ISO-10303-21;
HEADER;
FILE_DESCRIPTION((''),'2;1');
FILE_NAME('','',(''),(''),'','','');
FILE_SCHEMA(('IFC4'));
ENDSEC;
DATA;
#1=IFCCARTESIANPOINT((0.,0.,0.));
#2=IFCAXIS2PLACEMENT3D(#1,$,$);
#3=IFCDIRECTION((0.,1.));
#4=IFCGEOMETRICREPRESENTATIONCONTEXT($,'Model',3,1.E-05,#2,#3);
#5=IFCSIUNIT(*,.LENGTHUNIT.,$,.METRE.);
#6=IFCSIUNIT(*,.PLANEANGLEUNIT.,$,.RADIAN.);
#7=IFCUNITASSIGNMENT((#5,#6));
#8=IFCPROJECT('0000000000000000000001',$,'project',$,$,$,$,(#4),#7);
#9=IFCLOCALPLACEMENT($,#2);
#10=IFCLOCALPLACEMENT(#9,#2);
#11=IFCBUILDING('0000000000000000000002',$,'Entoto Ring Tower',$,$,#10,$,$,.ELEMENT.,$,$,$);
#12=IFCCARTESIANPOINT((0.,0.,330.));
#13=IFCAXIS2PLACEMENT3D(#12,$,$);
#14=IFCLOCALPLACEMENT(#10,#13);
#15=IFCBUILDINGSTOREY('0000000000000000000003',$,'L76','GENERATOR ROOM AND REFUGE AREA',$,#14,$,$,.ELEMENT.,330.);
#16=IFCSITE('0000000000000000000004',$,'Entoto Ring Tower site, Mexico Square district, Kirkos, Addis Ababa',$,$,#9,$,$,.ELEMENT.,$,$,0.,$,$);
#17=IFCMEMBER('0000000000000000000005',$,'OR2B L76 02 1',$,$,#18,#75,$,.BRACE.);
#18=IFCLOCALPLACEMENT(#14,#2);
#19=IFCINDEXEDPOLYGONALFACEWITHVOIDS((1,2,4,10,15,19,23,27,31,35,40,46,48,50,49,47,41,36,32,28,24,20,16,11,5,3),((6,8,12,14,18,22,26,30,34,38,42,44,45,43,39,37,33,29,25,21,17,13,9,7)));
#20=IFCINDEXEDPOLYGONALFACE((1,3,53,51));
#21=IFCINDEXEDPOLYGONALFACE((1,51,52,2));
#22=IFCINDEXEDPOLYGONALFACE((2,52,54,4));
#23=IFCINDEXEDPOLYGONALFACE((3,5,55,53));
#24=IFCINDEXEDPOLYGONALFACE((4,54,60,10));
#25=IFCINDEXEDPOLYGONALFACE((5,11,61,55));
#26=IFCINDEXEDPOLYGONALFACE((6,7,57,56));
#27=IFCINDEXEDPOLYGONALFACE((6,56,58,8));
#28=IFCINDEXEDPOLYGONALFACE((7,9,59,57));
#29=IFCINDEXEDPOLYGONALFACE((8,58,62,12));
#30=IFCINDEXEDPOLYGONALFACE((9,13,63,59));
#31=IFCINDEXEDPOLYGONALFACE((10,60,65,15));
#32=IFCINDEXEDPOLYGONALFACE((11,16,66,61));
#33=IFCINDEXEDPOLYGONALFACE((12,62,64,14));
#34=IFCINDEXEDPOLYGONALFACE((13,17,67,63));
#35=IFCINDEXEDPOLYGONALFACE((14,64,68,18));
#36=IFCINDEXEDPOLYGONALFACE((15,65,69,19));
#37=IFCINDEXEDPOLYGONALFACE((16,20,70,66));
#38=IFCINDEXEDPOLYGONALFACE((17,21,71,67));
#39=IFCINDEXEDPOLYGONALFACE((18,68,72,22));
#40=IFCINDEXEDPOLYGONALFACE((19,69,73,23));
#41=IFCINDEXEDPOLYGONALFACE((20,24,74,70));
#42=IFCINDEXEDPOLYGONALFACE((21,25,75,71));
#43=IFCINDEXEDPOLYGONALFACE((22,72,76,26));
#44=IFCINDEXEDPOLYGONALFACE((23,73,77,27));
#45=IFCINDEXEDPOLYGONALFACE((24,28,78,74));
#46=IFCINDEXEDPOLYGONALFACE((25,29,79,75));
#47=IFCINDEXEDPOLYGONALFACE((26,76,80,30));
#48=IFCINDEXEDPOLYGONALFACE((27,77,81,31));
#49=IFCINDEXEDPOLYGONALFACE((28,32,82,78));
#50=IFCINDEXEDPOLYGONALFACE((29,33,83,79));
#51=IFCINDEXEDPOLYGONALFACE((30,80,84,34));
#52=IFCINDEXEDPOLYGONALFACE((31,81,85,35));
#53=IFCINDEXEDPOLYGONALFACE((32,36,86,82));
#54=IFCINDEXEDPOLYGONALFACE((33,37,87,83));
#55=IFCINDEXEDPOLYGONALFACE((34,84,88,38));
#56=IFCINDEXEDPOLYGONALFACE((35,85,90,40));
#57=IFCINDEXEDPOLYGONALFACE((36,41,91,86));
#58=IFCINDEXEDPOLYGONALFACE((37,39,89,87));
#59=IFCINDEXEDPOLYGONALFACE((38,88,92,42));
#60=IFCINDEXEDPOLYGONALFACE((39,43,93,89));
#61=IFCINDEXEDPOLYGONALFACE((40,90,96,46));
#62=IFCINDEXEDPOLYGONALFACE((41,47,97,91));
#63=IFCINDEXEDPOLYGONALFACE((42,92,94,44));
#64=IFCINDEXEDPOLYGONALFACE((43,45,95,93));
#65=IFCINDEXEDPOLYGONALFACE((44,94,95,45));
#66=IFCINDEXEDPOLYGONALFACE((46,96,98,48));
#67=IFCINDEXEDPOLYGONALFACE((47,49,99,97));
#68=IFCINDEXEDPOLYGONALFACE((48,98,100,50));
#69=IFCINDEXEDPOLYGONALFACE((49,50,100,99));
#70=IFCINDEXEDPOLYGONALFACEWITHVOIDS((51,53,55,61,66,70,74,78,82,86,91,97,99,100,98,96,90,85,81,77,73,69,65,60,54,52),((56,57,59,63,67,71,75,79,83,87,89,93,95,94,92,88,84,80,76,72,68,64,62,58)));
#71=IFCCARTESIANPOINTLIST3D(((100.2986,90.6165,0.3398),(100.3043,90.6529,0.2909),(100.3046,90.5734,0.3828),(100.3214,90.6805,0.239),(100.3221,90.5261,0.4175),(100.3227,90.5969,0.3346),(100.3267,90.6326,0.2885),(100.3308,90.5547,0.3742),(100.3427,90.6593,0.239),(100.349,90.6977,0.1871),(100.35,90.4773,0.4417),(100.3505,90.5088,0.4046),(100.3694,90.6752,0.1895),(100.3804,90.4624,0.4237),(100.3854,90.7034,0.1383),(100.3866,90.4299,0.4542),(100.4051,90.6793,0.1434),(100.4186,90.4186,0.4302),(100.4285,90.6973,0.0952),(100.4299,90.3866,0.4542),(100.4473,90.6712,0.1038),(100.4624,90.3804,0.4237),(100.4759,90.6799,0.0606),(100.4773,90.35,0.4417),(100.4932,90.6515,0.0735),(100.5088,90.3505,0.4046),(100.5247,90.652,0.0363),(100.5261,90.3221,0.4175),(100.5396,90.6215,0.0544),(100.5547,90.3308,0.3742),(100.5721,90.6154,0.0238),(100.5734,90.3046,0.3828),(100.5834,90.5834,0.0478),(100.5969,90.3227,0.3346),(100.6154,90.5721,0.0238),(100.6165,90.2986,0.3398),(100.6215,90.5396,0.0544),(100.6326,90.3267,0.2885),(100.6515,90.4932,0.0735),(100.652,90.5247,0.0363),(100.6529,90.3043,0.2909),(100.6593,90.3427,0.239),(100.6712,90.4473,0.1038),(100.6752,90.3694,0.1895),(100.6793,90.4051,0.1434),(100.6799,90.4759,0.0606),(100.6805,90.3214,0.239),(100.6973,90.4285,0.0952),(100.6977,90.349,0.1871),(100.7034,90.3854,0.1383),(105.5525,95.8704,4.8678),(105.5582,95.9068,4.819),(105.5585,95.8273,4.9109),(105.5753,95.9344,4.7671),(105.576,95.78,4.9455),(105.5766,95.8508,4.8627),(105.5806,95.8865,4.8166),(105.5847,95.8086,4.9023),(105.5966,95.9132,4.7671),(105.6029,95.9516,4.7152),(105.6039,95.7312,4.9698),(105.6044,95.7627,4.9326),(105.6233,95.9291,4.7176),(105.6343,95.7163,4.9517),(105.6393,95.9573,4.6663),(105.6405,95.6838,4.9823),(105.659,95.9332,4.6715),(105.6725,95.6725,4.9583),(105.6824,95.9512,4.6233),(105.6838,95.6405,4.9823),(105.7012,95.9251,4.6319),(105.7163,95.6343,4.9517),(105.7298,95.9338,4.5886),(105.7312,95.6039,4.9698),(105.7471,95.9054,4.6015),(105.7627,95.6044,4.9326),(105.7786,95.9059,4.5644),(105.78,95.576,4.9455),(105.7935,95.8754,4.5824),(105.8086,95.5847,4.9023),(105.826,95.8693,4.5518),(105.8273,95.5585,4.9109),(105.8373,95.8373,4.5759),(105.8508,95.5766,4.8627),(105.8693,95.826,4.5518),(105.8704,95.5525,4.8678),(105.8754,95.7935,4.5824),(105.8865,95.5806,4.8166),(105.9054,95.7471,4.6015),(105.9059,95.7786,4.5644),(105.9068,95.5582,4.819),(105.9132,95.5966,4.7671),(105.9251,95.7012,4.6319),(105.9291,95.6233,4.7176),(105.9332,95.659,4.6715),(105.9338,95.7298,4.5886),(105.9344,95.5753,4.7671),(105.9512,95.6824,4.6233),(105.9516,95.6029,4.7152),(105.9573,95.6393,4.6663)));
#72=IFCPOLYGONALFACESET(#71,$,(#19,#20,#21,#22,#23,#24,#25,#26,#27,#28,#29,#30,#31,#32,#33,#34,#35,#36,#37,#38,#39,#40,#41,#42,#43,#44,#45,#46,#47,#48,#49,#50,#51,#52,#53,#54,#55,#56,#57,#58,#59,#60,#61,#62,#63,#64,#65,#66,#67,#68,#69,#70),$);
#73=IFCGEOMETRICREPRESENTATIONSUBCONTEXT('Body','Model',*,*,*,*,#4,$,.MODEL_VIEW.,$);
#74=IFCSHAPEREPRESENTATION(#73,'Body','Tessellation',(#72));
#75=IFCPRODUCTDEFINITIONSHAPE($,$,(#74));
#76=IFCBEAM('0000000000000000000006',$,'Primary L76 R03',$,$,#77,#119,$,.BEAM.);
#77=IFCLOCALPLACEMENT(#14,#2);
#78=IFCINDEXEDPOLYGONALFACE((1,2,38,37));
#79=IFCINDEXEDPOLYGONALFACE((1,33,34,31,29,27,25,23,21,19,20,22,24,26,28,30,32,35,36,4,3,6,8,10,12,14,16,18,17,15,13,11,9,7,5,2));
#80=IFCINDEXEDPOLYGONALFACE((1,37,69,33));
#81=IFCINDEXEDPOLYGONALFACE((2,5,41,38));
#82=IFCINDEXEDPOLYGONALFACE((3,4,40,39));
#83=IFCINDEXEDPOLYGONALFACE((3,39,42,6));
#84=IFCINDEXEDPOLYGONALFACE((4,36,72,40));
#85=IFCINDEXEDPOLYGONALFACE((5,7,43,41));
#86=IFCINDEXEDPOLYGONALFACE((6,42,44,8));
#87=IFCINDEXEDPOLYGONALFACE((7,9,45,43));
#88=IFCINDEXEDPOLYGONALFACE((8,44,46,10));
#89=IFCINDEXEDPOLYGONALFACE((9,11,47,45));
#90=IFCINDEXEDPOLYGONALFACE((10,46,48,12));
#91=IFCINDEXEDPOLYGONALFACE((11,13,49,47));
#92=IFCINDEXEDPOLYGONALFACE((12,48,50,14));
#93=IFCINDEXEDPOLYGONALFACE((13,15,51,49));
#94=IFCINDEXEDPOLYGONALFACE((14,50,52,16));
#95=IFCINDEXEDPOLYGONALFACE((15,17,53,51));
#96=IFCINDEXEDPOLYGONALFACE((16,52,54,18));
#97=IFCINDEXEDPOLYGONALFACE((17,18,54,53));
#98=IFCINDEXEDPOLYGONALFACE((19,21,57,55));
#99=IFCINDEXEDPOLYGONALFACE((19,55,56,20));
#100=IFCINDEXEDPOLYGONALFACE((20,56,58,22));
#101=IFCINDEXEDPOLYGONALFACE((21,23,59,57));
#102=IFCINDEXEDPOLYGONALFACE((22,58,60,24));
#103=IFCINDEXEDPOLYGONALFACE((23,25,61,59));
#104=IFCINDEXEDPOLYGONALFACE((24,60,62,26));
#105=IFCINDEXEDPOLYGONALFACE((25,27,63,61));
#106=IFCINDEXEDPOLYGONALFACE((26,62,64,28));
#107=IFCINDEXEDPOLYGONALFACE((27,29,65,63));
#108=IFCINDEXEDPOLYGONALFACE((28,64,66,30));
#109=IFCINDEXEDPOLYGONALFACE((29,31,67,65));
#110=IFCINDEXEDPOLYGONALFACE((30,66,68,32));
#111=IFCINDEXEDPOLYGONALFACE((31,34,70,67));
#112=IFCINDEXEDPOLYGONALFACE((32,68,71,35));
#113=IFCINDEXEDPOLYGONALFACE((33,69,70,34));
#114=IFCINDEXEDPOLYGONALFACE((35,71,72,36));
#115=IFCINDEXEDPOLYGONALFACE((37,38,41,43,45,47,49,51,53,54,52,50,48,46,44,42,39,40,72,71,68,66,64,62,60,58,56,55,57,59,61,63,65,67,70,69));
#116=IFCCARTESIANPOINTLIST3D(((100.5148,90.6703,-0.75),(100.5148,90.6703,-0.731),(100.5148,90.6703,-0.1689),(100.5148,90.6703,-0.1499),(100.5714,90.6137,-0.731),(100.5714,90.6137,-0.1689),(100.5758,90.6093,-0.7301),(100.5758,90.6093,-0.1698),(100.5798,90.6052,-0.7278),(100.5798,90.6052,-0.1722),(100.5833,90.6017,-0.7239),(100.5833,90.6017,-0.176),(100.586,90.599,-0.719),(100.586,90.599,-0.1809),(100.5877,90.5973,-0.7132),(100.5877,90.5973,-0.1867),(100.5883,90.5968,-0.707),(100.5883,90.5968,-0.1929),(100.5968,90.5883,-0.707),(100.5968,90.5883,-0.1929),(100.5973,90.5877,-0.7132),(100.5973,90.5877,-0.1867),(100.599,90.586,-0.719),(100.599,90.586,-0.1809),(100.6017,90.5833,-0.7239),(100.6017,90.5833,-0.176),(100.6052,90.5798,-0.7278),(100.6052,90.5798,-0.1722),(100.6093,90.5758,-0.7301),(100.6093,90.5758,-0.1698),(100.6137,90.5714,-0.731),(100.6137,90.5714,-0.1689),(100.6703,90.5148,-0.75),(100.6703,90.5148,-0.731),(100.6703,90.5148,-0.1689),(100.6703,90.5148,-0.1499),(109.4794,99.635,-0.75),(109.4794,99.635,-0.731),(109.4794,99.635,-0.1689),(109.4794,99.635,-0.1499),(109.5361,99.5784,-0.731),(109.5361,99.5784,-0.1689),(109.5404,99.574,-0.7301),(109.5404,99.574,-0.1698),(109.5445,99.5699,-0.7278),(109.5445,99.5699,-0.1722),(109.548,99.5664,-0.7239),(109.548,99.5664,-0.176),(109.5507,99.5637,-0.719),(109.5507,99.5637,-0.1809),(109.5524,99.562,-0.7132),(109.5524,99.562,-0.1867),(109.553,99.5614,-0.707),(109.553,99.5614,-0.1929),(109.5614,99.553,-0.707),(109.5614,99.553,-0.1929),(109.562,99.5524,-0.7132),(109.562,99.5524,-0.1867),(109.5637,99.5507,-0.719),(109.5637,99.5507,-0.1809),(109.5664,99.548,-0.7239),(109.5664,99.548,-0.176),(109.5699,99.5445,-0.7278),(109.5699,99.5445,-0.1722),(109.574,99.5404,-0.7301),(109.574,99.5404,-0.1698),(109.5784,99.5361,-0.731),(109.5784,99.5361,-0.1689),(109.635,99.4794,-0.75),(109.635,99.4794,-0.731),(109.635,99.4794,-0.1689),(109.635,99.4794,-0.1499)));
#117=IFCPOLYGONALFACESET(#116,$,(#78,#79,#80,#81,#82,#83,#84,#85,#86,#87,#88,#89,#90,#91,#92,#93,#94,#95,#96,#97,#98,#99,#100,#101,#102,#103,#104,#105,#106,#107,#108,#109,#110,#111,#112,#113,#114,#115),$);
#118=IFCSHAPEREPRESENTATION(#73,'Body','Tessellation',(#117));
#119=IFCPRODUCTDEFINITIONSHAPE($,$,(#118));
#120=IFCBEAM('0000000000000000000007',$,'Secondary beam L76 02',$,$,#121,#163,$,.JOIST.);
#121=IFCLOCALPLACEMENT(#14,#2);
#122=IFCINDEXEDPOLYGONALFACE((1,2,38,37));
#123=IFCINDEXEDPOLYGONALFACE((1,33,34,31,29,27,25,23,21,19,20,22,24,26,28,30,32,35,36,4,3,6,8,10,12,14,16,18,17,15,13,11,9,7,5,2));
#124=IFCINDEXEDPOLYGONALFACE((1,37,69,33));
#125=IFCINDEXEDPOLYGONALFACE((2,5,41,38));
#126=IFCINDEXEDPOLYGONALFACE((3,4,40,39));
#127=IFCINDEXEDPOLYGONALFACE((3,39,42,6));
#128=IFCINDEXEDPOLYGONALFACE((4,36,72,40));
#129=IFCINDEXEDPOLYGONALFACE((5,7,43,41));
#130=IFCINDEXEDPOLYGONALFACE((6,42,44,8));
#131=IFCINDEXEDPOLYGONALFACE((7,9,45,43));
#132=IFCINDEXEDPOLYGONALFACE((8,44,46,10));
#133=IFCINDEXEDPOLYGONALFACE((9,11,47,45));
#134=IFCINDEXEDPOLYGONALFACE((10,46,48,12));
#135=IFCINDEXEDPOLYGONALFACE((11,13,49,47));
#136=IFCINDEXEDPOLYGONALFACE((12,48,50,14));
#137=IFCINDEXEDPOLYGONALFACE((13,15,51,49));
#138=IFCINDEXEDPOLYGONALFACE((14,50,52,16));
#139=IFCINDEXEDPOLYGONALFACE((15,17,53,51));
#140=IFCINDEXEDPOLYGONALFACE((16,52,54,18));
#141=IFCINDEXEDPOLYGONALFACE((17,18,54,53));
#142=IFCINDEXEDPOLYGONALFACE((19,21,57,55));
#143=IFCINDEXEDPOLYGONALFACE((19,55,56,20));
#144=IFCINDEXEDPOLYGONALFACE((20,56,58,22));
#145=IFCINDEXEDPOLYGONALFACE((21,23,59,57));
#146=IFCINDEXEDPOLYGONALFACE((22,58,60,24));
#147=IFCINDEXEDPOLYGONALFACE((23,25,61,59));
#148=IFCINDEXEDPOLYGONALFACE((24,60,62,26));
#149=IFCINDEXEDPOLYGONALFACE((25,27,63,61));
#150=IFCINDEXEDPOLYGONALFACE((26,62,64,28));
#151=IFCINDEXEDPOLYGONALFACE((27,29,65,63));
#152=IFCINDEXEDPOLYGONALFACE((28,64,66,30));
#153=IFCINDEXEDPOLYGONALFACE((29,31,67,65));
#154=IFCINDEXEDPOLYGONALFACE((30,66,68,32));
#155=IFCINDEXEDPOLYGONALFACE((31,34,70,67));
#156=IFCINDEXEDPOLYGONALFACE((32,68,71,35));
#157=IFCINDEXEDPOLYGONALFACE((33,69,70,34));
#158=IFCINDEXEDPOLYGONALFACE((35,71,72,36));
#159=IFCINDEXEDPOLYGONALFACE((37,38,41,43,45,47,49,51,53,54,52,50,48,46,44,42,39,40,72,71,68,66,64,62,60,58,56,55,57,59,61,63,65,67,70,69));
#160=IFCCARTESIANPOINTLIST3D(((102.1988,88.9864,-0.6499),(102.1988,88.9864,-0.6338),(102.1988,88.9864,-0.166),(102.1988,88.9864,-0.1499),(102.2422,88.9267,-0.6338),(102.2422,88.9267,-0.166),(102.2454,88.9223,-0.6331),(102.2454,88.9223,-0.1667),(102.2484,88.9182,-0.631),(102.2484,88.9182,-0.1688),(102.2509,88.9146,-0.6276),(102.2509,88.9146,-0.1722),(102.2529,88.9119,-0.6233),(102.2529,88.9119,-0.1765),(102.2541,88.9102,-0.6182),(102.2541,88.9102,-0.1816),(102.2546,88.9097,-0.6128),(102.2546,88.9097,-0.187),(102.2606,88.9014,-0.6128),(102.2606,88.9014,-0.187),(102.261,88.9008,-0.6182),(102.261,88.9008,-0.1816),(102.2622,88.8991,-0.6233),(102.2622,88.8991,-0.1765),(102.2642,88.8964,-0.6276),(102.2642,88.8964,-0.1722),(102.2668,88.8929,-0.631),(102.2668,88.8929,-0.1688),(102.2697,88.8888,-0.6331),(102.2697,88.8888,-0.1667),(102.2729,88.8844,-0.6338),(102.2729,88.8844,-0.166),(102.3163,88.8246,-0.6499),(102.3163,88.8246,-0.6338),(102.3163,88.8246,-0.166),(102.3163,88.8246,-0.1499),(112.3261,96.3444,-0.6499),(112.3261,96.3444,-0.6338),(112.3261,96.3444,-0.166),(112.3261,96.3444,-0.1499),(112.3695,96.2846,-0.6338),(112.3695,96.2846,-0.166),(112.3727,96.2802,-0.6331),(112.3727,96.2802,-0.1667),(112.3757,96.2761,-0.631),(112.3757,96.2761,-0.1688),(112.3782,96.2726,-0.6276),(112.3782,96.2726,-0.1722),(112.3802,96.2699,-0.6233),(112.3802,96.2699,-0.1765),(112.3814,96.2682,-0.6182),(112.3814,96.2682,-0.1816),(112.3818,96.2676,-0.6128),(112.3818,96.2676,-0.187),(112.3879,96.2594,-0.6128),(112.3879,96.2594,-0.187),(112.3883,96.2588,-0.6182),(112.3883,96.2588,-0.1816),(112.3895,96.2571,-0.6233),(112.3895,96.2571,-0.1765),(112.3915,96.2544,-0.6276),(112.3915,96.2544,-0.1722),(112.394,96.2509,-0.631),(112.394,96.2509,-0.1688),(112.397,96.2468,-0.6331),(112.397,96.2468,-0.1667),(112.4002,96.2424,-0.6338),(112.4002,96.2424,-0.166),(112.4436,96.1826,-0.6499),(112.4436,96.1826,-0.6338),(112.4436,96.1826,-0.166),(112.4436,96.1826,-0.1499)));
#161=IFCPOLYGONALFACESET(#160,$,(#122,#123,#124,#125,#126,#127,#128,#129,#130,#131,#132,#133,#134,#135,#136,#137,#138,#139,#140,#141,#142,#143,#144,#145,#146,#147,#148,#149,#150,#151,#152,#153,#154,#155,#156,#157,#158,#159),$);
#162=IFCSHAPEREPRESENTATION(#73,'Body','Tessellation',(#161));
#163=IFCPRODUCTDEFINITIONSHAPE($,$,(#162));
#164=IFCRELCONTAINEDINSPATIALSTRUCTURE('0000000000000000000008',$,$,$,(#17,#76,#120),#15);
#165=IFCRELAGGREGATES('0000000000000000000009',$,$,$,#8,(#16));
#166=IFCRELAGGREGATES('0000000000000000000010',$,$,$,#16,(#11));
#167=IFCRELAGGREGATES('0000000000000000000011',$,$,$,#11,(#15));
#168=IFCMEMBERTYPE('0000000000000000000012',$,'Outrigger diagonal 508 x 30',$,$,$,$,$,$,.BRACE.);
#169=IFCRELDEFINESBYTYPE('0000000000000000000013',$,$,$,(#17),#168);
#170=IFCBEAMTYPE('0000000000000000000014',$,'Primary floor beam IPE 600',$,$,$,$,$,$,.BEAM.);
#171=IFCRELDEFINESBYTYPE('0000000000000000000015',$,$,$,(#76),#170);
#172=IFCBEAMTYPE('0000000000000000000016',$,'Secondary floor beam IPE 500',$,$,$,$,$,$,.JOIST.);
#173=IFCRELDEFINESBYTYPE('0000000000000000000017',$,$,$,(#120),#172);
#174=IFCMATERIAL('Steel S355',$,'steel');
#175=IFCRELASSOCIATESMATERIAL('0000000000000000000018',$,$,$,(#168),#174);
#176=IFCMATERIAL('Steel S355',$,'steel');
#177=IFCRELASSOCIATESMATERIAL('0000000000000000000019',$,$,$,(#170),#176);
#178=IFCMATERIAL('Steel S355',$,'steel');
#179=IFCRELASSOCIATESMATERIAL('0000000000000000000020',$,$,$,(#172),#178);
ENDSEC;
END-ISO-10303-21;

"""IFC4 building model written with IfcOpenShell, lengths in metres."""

from ifc_helpers import new_model, si_unit, direction, frame, origin, origin_2d, place, context, subcontext, project, spatial, circle, hollow_circle, i_section, extrude, material, material_profile, profile_set, type_object, element, save


model = new_model("IFC4")

# Units and contexts
model_context = context("Model", 3, precision=1e-05, world=origin(), true_north=direction((0.0, 1.0)))
body_context = subcontext(model_context, "Body", "Model", "MODEL_VIEW")
ifc_project = project(units=[si_unit("LENGTHUNIT", "METRE"), si_unit("PLANEANGLEUNIT", "RADIAN")], contexts=[model_context])

# Site, building, storey
site_placement = place(None, origin())
site = spatial("IfcSite", under=ifc_project, at=site_placement, Name="Entoto Ring Tower site, Mexico Square district, Kirkos, Addis Ababa", CompositionType="ELEMENT", RefElevation=0.0)
building_placement = place(site_placement, origin())
building = spatial("IfcBuilding", under=site, at=building_placement, Name="Entoto Ring Tower", CompositionType="ELEMENT")
storey_placement = place(building_placement, frame((0.0, 0.0, 330.0)))
storey = spatial("IfcBuildingStorey", under=building, at=storey_placement, Name="L76", Description="GENERATOR ROOM AND REFUGE AREA", CompositionType="ELEMENT", Elevation=330.0)

# Member
ifc_material_1 = material(Name="Steel S355", Category="steel")
ifc_material_profile_1 = material_profile(ifc_material_1, hollow_circle(Radius=0.2539, WallThickness=0.03, at=origin_2d()), Name="CHS 508 x 30")
ifc_material_2 = material(Name="Concrete C60/75", Category="concrete")
ifc_material_profile_2 = material_profile(ifc_material_2, circle(Radius=0.2241, at=origin_2d()), Name="Concrete C60/75 infill")
ifc_profile_set_1 = profile_set([ifc_material_profile_1, ifc_material_profile_2], Name="Steel S355")
member_type = type_object("IfcMemberType", Name="Outrigger diagonal 508 x 30", PredefinedType="BRACE", material=ifc_profile_set_1)
member_placement = place(storey_placement, frame((100.501, 90.501, 0.239), z_axis=(0.603815, 0.603815, 0.520398), x_axis=(-0.707107, 0.707107, 0.0)))
element("IfcMember", 1, at=member_placement, inside=storey, type_object=member_type, Name="OR2B L76 02 1", PredefinedType="BRACE", context=body_context, shape_type="SweptSolid", body=[
    extrude(hollow_circle(Radius=0.2539, WallThickness=0.03, at=origin_2d()), origin(), (0.0, 0.0, 1.0), 8.7012),
])

# Beams
ifc_material_3 = material(Name="Steel S355", Category="steel")
ifc_material_profile_3 = material_profile(ifc_material_3, i_section(OverallWidth=0.22, OverallDepth=0.6001, WebThickness=0.012, FlangeThickness=0.019, FilletRadius=0.0239, at=origin_2d()), Name="IPE 600")
ifc_profile_set_2 = profile_set([ifc_material_profile_3], Name="Steel S355")
beam_type_1 = type_object("IfcBeamType", Name="Primary floor beam IPE 600", PredefinedType="BEAM", material=ifc_profile_set_2)
beam_1_placement = place(storey_placement, frame((100.5925, 90.5925, -0.45), z_axis=(0.707107, 0.707107, 0.0), x_axis=(-0.707107, 0.707107, 0.0)))
element("IfcBeam", 2, at=beam_1_placement, inside=storey, type_object=beam_type_1, Name="Primary L76 R03", PredefinedType="BEAM", context=body_context, shape_type="SweptSolid", body=[
    extrude(i_section(OverallWidth=0.22, OverallDepth=0.6001, WebThickness=0.012, FlangeThickness=0.019, FilletRadius=0.0239, at=origin_2d()), origin(), (0.0, 0.0, 1.0), 12.678),
])
ifc_material_4 = material(Name="Steel S355", Category="steel")
ifc_material_profile_4 = material_profile(ifc_material_4, i_section(OverallWidth=0.2, OverallDepth=0.5, WebThickness=0.0103, FlangeThickness=0.0161, FilletRadius=0.021, at=origin_2d()), Name="IPE 500")
ifc_profile_set_3 = profile_set([ifc_material_profile_4], Name="Steel S355")
beam_type_2 = type_object("IfcBeamType", Name="Secondary floor beam IPE 500", PredefinedType="JOIST", material=ifc_profile_set_3)
beam_2_placement = place(storey_placement, frame((102.2576, 88.9055, -0.3999), z_axis=(0.809014, 0.587789, 0.0), x_axis=(-0.587789, 0.809014, 0.0)))
element("IfcBeam", 3, at=beam_2_placement, inside=storey, type_object=beam_type_2, Name="Secondary beam L76 02", PredefinedType="JOIST", context=body_context, shape_type="SweptSolid", body=[
    extrude(i_section(OverallWidth=0.2, OverallDepth=0.5, WebThickness=0.0103, FlangeThickness=0.0161, FilletRadius=0.021, at=origin_2d()), origin(), (0.0, 0.0, 1.0), 12.5181),
])

save(model, "model.ifc")
